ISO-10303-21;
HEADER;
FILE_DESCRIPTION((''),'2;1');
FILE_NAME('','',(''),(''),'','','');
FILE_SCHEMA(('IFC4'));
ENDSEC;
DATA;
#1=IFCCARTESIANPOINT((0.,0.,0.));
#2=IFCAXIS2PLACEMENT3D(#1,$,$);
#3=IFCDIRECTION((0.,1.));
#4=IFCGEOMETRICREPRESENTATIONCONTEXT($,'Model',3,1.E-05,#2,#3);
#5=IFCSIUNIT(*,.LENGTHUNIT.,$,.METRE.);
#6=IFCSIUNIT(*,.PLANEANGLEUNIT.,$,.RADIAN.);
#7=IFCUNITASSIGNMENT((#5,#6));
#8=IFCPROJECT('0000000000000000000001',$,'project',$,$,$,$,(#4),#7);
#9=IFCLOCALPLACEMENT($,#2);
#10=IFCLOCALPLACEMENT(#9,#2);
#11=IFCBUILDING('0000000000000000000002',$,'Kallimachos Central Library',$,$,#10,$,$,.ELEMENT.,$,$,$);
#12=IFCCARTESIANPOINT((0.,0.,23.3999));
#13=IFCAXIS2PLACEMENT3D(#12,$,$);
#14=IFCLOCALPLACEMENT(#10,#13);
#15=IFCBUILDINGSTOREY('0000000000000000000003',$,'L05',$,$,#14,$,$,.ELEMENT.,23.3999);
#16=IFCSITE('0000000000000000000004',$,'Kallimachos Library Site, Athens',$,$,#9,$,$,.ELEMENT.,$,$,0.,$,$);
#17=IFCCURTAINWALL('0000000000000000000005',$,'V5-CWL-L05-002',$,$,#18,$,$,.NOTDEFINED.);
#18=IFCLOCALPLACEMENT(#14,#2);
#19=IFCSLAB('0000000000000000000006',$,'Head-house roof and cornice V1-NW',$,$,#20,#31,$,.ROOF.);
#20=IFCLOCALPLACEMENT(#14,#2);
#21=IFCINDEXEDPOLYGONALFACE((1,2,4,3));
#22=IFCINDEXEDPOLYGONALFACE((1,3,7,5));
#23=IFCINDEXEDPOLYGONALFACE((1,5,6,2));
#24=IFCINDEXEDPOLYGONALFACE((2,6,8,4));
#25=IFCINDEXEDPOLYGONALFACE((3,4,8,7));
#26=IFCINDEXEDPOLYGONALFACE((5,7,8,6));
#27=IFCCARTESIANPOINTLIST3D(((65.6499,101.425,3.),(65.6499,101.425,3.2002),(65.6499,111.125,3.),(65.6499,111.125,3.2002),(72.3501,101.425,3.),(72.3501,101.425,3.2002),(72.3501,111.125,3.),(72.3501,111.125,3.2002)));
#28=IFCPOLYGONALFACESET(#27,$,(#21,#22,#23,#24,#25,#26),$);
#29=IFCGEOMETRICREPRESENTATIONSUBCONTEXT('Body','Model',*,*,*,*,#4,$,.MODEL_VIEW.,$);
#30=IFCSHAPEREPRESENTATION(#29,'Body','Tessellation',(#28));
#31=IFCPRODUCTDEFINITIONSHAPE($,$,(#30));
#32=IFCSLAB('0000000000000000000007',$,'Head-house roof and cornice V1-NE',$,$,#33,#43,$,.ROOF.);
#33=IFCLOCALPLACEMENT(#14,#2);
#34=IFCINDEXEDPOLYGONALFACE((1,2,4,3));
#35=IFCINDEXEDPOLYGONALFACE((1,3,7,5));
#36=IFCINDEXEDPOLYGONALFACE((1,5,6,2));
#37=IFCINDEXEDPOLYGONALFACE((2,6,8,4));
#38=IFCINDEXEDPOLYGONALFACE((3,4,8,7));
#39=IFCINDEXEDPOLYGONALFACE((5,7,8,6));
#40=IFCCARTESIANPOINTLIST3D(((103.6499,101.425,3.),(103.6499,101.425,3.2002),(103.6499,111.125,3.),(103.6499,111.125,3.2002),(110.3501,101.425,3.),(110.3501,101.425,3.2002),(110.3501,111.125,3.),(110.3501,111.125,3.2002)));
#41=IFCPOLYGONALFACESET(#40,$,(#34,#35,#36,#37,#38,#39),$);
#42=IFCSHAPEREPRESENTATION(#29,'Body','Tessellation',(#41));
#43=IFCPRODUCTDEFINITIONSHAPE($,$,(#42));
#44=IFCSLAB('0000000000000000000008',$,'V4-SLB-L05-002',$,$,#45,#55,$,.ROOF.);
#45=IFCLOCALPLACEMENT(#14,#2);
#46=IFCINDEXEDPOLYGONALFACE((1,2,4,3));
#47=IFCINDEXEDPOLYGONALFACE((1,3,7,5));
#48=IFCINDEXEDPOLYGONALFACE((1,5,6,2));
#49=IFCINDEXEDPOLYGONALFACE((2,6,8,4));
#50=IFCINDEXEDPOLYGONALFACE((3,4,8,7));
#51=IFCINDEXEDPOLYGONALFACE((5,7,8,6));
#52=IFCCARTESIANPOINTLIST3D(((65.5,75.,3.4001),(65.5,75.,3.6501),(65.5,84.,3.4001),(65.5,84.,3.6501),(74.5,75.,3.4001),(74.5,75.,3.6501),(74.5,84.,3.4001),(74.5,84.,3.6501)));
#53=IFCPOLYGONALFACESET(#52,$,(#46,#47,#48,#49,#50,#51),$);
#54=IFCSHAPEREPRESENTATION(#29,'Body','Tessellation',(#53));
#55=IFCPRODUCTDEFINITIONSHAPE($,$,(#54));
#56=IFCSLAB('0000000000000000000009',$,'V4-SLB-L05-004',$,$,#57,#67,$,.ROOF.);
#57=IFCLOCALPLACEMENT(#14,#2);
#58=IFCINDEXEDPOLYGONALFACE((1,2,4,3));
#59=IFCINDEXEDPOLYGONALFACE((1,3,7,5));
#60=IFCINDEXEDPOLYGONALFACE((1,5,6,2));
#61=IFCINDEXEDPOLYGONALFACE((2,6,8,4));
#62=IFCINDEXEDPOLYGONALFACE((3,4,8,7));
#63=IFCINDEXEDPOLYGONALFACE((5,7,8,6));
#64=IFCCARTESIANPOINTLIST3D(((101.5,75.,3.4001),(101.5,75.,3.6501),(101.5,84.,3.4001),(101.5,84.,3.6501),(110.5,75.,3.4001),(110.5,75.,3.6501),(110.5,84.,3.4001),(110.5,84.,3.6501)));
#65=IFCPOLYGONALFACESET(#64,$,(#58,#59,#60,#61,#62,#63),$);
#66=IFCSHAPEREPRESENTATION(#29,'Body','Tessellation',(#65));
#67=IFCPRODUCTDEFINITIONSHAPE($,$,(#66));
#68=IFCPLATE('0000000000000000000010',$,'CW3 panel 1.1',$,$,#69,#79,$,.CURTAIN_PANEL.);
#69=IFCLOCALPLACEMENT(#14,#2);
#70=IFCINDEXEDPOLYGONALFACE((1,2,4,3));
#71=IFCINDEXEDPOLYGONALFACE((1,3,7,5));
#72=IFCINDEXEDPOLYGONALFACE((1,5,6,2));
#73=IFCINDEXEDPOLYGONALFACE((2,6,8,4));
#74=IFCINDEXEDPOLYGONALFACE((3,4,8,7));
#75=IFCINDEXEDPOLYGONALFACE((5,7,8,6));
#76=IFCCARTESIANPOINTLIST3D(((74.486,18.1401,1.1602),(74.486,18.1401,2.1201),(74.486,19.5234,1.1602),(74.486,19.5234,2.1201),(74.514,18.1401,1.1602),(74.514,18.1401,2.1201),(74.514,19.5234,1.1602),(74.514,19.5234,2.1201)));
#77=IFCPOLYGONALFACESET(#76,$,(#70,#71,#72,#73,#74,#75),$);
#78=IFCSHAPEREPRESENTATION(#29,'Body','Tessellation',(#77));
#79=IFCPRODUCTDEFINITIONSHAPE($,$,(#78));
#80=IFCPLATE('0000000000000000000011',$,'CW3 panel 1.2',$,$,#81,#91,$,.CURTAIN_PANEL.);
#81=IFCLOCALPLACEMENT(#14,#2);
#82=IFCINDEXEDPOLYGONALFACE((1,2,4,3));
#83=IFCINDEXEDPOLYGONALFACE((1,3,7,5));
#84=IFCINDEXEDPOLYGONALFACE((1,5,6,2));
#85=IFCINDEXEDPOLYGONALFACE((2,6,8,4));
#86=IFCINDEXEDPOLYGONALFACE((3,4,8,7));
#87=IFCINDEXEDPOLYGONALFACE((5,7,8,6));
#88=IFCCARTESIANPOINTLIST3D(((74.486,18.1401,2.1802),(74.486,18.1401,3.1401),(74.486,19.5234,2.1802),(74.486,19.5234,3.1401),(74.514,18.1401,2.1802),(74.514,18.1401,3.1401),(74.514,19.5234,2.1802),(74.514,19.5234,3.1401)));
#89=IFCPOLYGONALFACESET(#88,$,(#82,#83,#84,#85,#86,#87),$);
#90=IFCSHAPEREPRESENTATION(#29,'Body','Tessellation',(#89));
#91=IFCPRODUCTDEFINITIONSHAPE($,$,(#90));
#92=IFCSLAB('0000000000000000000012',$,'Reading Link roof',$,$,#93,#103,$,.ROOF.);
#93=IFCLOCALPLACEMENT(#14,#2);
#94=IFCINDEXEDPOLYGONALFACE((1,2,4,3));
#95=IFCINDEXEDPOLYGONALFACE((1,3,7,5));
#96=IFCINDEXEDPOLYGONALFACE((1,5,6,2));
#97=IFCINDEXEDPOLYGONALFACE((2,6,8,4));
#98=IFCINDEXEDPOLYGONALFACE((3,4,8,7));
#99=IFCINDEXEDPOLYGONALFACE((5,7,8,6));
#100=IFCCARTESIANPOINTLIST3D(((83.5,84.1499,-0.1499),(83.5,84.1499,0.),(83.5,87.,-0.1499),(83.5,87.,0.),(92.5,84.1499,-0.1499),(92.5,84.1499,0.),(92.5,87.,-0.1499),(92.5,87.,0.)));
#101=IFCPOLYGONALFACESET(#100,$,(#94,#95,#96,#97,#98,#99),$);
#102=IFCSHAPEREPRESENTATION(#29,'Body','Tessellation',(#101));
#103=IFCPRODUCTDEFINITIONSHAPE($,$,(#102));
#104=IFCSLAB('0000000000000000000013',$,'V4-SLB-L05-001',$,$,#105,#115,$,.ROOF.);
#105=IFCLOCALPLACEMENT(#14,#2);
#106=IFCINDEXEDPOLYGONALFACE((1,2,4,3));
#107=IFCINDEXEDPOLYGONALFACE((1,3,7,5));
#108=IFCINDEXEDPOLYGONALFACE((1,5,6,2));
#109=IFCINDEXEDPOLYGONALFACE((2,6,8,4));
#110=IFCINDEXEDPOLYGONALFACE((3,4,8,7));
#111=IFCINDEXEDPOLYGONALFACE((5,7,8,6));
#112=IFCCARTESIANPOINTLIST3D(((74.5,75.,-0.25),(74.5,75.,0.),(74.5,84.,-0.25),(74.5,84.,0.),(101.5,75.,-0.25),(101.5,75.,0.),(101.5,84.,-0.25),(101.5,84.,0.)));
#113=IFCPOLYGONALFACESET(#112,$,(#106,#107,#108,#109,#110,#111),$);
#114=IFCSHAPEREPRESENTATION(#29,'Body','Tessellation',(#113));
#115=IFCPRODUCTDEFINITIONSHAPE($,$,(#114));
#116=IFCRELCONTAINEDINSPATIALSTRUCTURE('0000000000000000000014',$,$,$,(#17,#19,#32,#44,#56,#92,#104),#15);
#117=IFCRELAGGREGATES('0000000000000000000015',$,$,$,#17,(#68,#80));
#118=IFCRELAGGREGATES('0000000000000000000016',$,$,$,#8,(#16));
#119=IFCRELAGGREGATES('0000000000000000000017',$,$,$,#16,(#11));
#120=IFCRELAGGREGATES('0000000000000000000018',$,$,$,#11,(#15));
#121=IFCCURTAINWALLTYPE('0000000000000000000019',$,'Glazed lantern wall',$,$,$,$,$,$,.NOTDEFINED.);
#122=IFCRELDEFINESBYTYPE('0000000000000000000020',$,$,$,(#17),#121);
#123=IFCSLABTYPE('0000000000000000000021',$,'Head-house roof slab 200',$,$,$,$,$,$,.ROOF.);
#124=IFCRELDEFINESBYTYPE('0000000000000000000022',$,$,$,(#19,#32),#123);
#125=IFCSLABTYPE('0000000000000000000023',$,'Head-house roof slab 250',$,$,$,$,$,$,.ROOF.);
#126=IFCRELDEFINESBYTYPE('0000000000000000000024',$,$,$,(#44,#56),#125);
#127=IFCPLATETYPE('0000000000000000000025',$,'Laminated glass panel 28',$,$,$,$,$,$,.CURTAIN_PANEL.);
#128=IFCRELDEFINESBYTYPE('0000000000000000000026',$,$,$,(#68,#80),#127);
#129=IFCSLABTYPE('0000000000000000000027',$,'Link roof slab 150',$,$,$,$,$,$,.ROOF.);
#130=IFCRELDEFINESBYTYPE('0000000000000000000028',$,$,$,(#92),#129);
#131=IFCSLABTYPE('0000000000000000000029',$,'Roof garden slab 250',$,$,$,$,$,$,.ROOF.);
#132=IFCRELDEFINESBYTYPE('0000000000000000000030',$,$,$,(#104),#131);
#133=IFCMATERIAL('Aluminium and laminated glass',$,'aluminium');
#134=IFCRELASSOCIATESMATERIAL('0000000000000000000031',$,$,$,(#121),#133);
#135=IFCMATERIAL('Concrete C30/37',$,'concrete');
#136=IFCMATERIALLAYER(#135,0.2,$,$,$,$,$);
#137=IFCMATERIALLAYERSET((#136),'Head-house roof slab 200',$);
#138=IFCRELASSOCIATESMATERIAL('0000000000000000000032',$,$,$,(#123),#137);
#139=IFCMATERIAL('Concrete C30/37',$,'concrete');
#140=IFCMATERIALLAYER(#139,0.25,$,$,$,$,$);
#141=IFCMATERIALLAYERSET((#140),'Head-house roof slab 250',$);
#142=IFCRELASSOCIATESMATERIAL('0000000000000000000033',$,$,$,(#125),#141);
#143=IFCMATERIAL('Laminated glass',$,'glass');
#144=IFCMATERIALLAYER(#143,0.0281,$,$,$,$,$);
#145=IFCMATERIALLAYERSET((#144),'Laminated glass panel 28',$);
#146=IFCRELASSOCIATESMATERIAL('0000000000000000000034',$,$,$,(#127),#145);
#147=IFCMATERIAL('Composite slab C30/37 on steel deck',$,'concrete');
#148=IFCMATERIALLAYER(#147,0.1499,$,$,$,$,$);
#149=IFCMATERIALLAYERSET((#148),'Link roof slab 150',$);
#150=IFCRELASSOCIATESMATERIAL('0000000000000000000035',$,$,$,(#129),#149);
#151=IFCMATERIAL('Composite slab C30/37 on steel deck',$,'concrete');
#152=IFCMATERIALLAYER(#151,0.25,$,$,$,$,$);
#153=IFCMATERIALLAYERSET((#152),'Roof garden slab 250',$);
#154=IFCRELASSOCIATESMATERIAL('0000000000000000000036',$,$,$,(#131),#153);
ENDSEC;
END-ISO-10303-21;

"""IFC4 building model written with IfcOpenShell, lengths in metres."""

from ifc_helpers import new_model, si_unit, direction, frame, origin, origin_2d, place, context, subcontext, project, spatial, polyline, rectangle, outline, extrude, material, layer, layer_set, type_object, element, aggregate, save


model = new_model("IFC4")

# Units and contexts
model_context = context("Model", 3, precision=1e-05, world=origin(), true_north=direction((0.0, 1.0)))
body_context = subcontext(model_context, "Body", "Model", "MODEL_VIEW")
ifc_project = project(units=[si_unit("LENGTHUNIT", "METRE"), si_unit("PLANEANGLEUNIT", "RADIAN")], contexts=[model_context])

# Site, building, storey
site_placement = place(None, origin())
site = spatial("IfcSite", under=ifc_project, at=site_placement, Name="Kallimachos Library Site, Athens", CompositionType="ELEMENT", RefElevation=0.0)
building_placement = place(site_placement, origin())
building = spatial("IfcBuilding", under=site, at=building_placement, Name="Kallimachos Central Library", CompositionType="ELEMENT")
storey_placement = place(building_placement, frame((0.0, 0.0, 23.3999)))
storey = spatial("IfcBuildingStorey", under=building, at=storey_placement, Name="L05", CompositionType="ELEMENT", Elevation=23.3999)

# Curtain wall
ifc_material_1 = material(Name="Aluminium and laminated glass", Category="aluminium")
curtain_wall_type = type_object("IfcCurtainWallType", Name="Glazed lantern wall", PredefinedType="NOTDEFINED", material=ifc_material_1)
curtain_wall_placement = place(storey_placement, origin())
curtain_wall = element("IfcCurtainWall", 1, at=curtain_wall_placement, inside=storey, type_object=curtain_wall_type, Name="V5-CWL-L05-002", PredefinedType="NOTDEFINED")

# Slabs
ifc_material_2 = material(Name="Concrete C30/37", Category="concrete")
ifc_layer_1 = layer(ifc_material_2, 0.2)
ifc_layer_set_1 = layer_set([ifc_layer_1], Name="Head-house roof slab 200")
slab_type_1 = type_object("IfcSlabType", Name="Head-house roof slab 200", PredefinedType="ROOF", material=ifc_layer_set_1)
slab_1_placement = place(storey_placement, frame((0.0, 0.0, 3.0)))
element("IfcSlab", 2, at=slab_1_placement, inside=storey, type_object=slab_type_1, Name="Head-house roof and cornice V1-NW", PredefinedType="ROOF", context=body_context, shape_type="SweptSolid", body=[
    extrude(outline(polyline([(65.6499, 101.425), (72.3501, 101.425), (72.3501, 111.125), (65.6499, 111.125), (65.6499, 101.425)])), origin(), (0.0, 0.0, 1.0), 0.2002),
])
slab_2_placement = place(storey_placement, frame((0.0, 0.0, 3.0)))
element("IfcSlab", 3, at=slab_2_placement, inside=storey, type_object=slab_type_1, Name="Head-house roof and cornice V1-NE", PredefinedType="ROOF", context=body_context, shape_type="SweptSolid", body=[
    extrude(outline(polyline([(103.6499, 101.425), (110.3501, 101.425), (110.3501, 111.125), (103.6499, 111.125), (103.6499, 101.425)])), origin(), (0.0, 0.0, 1.0), 0.2002),
])
ifc_material_3 = material(Name="Concrete C30/37", Category="concrete")
ifc_layer_2 = layer(ifc_material_3, 0.25)
ifc_layer_set_2 = layer_set([ifc_layer_2], Name="Head-house roof slab 250")
slab_type_2 = type_object("IfcSlabType", Name="Head-house roof slab 250", PredefinedType="ROOF", material=ifc_layer_set_2)
slab_3_placement = place(storey_placement, frame((0.0, 0.0, 3.4001)))
element("IfcSlab", 4, at=slab_3_placement, inside=storey, type_object=slab_type_2, Name="V4-SLB-L05-002", PredefinedType="ROOF", context=body_context, shape_type="SweptSolid", body=[
    extrude(outline(polyline([(65.5, 75.0), (74.5, 75.0), (74.5, 84.0), (65.5, 84.0), (65.5, 75.0)])), origin(), (0.0, 0.0, 1.0), 0.25),
])
slab_4_placement = place(storey_placement, frame((0.0, 0.0, 3.4001)))
element("IfcSlab", 5, at=slab_4_placement, inside=storey, type_object=slab_type_2, Name="V4-SLB-L05-004", PredefinedType="ROOF", context=body_context, shape_type="SweptSolid", body=[
    extrude(outline(polyline([(101.5, 75.0), (110.5, 75.0), (110.5, 84.0), (101.5, 84.0), (101.5, 75.0)])), origin(), (0.0, 0.0, 1.0), 0.25),
])

# Plates
ifc_material_4 = material(Name="Laminated glass", Category="glass")
ifc_layer_3 = layer(ifc_material_4, 0.0281)
ifc_layer_set_3 = layer_set([ifc_layer_3], Name="Laminated glass panel 28")
plate_type_1 = type_object("IfcPlateType", Name="Laminated glass panel 28", PredefinedType="CURTAIN_PANEL", material=ifc_layer_set_3)
plate_1_placement = place(storey_placement, frame((74.5, 18.8318, 1.1602), z_axis=(0.0, 0.0, 1.0), x_axis=(0.0, 1.0, 0.0)))
plate_1 = element("IfcPlate", 6, at=plate_1_placement, type_object=plate_type_1, Name="CW3 panel 1.1", PredefinedType="CURTAIN_PANEL", context=body_context, shape_type="SweptSolid", body=[
    extrude(rectangle(XDim=1.3833, YDim=0.0281, at=origin_2d()), origin(), (0.0, 0.0, 1.0), 0.96),
])
plate_2_placement = place(storey_placement, frame((74.5, 18.8318, 2.1802), z_axis=(0.0, 0.0, 1.0), x_axis=(0.0, 1.0, 0.0)))
plate_2 = element("IfcPlate", 7, at=plate_2_placement, type_object=plate_type_1, Name="CW3 panel 1.2", PredefinedType="CURTAIN_PANEL", context=body_context, shape_type="SweptSolid", body=[
    extrude(rectangle(XDim=1.3833, YDim=0.0281, at=origin_2d()), origin(), (0.0, 0.0, 1.0), 0.96),
])
aggregate(curtain_wall, [plate_1, plate_2])

# Slabs
ifc_material_5 = material(Name="Composite slab C30/37 on steel deck", Category="concrete")
ifc_layer_4 = layer(ifc_material_5, 0.1499)
ifc_layer_set_4 = layer_set([ifc_layer_4], Name="Link roof slab 150")
slab_type_3 = type_object("IfcSlabType", Name="Link roof slab 150", PredefinedType="ROOF", material=ifc_layer_set_4)
slab_5_placement = place(storey_placement, frame((0.0, 0.0, -0.1499)))
element("IfcSlab", 8, at=slab_5_placement, inside=storey, type_object=slab_type_3, Name="Reading Link roof", PredefinedType="ROOF", context=body_context, shape_type="SweptSolid", body=[
    extrude(outline(polyline([(92.5, 84.1499), (83.5, 84.1499), (83.5, 87.0), (92.5, 87.0), (92.5, 84.1499)])), origin(), (0.0, 0.0, 1.0), 0.1499),
])
ifc_material_6 = material(Name="Composite slab C30/37 on steel deck", Category="concrete")
ifc_layer_5 = layer(ifc_material_6, 0.25)
ifc_layer_set_5 = layer_set([ifc_layer_5], Name="Roof garden slab 250")
slab_type_4 = type_object("IfcSlabType", Name="Roof garden slab 250", PredefinedType="ROOF", material=ifc_layer_set_5)
slab_6_placement = place(storey_placement, frame((0.0, 0.0, -0.25)))
element("IfcSlab", 9, at=slab_6_placement, inside=storey, type_object=slab_type_4, Name="V4-SLB-L05-001", PredefinedType="ROOF", context=body_context, shape_type="SweptSolid", body=[
    extrude(outline(polyline([(74.5, 75.0), (74.5, 84.0), (101.5, 84.0), (101.5, 75.0), (74.5, 75.0)])), origin(), (0.0, 0.0, 1.0), 0.25),
])

save(model, "model.ifc")
